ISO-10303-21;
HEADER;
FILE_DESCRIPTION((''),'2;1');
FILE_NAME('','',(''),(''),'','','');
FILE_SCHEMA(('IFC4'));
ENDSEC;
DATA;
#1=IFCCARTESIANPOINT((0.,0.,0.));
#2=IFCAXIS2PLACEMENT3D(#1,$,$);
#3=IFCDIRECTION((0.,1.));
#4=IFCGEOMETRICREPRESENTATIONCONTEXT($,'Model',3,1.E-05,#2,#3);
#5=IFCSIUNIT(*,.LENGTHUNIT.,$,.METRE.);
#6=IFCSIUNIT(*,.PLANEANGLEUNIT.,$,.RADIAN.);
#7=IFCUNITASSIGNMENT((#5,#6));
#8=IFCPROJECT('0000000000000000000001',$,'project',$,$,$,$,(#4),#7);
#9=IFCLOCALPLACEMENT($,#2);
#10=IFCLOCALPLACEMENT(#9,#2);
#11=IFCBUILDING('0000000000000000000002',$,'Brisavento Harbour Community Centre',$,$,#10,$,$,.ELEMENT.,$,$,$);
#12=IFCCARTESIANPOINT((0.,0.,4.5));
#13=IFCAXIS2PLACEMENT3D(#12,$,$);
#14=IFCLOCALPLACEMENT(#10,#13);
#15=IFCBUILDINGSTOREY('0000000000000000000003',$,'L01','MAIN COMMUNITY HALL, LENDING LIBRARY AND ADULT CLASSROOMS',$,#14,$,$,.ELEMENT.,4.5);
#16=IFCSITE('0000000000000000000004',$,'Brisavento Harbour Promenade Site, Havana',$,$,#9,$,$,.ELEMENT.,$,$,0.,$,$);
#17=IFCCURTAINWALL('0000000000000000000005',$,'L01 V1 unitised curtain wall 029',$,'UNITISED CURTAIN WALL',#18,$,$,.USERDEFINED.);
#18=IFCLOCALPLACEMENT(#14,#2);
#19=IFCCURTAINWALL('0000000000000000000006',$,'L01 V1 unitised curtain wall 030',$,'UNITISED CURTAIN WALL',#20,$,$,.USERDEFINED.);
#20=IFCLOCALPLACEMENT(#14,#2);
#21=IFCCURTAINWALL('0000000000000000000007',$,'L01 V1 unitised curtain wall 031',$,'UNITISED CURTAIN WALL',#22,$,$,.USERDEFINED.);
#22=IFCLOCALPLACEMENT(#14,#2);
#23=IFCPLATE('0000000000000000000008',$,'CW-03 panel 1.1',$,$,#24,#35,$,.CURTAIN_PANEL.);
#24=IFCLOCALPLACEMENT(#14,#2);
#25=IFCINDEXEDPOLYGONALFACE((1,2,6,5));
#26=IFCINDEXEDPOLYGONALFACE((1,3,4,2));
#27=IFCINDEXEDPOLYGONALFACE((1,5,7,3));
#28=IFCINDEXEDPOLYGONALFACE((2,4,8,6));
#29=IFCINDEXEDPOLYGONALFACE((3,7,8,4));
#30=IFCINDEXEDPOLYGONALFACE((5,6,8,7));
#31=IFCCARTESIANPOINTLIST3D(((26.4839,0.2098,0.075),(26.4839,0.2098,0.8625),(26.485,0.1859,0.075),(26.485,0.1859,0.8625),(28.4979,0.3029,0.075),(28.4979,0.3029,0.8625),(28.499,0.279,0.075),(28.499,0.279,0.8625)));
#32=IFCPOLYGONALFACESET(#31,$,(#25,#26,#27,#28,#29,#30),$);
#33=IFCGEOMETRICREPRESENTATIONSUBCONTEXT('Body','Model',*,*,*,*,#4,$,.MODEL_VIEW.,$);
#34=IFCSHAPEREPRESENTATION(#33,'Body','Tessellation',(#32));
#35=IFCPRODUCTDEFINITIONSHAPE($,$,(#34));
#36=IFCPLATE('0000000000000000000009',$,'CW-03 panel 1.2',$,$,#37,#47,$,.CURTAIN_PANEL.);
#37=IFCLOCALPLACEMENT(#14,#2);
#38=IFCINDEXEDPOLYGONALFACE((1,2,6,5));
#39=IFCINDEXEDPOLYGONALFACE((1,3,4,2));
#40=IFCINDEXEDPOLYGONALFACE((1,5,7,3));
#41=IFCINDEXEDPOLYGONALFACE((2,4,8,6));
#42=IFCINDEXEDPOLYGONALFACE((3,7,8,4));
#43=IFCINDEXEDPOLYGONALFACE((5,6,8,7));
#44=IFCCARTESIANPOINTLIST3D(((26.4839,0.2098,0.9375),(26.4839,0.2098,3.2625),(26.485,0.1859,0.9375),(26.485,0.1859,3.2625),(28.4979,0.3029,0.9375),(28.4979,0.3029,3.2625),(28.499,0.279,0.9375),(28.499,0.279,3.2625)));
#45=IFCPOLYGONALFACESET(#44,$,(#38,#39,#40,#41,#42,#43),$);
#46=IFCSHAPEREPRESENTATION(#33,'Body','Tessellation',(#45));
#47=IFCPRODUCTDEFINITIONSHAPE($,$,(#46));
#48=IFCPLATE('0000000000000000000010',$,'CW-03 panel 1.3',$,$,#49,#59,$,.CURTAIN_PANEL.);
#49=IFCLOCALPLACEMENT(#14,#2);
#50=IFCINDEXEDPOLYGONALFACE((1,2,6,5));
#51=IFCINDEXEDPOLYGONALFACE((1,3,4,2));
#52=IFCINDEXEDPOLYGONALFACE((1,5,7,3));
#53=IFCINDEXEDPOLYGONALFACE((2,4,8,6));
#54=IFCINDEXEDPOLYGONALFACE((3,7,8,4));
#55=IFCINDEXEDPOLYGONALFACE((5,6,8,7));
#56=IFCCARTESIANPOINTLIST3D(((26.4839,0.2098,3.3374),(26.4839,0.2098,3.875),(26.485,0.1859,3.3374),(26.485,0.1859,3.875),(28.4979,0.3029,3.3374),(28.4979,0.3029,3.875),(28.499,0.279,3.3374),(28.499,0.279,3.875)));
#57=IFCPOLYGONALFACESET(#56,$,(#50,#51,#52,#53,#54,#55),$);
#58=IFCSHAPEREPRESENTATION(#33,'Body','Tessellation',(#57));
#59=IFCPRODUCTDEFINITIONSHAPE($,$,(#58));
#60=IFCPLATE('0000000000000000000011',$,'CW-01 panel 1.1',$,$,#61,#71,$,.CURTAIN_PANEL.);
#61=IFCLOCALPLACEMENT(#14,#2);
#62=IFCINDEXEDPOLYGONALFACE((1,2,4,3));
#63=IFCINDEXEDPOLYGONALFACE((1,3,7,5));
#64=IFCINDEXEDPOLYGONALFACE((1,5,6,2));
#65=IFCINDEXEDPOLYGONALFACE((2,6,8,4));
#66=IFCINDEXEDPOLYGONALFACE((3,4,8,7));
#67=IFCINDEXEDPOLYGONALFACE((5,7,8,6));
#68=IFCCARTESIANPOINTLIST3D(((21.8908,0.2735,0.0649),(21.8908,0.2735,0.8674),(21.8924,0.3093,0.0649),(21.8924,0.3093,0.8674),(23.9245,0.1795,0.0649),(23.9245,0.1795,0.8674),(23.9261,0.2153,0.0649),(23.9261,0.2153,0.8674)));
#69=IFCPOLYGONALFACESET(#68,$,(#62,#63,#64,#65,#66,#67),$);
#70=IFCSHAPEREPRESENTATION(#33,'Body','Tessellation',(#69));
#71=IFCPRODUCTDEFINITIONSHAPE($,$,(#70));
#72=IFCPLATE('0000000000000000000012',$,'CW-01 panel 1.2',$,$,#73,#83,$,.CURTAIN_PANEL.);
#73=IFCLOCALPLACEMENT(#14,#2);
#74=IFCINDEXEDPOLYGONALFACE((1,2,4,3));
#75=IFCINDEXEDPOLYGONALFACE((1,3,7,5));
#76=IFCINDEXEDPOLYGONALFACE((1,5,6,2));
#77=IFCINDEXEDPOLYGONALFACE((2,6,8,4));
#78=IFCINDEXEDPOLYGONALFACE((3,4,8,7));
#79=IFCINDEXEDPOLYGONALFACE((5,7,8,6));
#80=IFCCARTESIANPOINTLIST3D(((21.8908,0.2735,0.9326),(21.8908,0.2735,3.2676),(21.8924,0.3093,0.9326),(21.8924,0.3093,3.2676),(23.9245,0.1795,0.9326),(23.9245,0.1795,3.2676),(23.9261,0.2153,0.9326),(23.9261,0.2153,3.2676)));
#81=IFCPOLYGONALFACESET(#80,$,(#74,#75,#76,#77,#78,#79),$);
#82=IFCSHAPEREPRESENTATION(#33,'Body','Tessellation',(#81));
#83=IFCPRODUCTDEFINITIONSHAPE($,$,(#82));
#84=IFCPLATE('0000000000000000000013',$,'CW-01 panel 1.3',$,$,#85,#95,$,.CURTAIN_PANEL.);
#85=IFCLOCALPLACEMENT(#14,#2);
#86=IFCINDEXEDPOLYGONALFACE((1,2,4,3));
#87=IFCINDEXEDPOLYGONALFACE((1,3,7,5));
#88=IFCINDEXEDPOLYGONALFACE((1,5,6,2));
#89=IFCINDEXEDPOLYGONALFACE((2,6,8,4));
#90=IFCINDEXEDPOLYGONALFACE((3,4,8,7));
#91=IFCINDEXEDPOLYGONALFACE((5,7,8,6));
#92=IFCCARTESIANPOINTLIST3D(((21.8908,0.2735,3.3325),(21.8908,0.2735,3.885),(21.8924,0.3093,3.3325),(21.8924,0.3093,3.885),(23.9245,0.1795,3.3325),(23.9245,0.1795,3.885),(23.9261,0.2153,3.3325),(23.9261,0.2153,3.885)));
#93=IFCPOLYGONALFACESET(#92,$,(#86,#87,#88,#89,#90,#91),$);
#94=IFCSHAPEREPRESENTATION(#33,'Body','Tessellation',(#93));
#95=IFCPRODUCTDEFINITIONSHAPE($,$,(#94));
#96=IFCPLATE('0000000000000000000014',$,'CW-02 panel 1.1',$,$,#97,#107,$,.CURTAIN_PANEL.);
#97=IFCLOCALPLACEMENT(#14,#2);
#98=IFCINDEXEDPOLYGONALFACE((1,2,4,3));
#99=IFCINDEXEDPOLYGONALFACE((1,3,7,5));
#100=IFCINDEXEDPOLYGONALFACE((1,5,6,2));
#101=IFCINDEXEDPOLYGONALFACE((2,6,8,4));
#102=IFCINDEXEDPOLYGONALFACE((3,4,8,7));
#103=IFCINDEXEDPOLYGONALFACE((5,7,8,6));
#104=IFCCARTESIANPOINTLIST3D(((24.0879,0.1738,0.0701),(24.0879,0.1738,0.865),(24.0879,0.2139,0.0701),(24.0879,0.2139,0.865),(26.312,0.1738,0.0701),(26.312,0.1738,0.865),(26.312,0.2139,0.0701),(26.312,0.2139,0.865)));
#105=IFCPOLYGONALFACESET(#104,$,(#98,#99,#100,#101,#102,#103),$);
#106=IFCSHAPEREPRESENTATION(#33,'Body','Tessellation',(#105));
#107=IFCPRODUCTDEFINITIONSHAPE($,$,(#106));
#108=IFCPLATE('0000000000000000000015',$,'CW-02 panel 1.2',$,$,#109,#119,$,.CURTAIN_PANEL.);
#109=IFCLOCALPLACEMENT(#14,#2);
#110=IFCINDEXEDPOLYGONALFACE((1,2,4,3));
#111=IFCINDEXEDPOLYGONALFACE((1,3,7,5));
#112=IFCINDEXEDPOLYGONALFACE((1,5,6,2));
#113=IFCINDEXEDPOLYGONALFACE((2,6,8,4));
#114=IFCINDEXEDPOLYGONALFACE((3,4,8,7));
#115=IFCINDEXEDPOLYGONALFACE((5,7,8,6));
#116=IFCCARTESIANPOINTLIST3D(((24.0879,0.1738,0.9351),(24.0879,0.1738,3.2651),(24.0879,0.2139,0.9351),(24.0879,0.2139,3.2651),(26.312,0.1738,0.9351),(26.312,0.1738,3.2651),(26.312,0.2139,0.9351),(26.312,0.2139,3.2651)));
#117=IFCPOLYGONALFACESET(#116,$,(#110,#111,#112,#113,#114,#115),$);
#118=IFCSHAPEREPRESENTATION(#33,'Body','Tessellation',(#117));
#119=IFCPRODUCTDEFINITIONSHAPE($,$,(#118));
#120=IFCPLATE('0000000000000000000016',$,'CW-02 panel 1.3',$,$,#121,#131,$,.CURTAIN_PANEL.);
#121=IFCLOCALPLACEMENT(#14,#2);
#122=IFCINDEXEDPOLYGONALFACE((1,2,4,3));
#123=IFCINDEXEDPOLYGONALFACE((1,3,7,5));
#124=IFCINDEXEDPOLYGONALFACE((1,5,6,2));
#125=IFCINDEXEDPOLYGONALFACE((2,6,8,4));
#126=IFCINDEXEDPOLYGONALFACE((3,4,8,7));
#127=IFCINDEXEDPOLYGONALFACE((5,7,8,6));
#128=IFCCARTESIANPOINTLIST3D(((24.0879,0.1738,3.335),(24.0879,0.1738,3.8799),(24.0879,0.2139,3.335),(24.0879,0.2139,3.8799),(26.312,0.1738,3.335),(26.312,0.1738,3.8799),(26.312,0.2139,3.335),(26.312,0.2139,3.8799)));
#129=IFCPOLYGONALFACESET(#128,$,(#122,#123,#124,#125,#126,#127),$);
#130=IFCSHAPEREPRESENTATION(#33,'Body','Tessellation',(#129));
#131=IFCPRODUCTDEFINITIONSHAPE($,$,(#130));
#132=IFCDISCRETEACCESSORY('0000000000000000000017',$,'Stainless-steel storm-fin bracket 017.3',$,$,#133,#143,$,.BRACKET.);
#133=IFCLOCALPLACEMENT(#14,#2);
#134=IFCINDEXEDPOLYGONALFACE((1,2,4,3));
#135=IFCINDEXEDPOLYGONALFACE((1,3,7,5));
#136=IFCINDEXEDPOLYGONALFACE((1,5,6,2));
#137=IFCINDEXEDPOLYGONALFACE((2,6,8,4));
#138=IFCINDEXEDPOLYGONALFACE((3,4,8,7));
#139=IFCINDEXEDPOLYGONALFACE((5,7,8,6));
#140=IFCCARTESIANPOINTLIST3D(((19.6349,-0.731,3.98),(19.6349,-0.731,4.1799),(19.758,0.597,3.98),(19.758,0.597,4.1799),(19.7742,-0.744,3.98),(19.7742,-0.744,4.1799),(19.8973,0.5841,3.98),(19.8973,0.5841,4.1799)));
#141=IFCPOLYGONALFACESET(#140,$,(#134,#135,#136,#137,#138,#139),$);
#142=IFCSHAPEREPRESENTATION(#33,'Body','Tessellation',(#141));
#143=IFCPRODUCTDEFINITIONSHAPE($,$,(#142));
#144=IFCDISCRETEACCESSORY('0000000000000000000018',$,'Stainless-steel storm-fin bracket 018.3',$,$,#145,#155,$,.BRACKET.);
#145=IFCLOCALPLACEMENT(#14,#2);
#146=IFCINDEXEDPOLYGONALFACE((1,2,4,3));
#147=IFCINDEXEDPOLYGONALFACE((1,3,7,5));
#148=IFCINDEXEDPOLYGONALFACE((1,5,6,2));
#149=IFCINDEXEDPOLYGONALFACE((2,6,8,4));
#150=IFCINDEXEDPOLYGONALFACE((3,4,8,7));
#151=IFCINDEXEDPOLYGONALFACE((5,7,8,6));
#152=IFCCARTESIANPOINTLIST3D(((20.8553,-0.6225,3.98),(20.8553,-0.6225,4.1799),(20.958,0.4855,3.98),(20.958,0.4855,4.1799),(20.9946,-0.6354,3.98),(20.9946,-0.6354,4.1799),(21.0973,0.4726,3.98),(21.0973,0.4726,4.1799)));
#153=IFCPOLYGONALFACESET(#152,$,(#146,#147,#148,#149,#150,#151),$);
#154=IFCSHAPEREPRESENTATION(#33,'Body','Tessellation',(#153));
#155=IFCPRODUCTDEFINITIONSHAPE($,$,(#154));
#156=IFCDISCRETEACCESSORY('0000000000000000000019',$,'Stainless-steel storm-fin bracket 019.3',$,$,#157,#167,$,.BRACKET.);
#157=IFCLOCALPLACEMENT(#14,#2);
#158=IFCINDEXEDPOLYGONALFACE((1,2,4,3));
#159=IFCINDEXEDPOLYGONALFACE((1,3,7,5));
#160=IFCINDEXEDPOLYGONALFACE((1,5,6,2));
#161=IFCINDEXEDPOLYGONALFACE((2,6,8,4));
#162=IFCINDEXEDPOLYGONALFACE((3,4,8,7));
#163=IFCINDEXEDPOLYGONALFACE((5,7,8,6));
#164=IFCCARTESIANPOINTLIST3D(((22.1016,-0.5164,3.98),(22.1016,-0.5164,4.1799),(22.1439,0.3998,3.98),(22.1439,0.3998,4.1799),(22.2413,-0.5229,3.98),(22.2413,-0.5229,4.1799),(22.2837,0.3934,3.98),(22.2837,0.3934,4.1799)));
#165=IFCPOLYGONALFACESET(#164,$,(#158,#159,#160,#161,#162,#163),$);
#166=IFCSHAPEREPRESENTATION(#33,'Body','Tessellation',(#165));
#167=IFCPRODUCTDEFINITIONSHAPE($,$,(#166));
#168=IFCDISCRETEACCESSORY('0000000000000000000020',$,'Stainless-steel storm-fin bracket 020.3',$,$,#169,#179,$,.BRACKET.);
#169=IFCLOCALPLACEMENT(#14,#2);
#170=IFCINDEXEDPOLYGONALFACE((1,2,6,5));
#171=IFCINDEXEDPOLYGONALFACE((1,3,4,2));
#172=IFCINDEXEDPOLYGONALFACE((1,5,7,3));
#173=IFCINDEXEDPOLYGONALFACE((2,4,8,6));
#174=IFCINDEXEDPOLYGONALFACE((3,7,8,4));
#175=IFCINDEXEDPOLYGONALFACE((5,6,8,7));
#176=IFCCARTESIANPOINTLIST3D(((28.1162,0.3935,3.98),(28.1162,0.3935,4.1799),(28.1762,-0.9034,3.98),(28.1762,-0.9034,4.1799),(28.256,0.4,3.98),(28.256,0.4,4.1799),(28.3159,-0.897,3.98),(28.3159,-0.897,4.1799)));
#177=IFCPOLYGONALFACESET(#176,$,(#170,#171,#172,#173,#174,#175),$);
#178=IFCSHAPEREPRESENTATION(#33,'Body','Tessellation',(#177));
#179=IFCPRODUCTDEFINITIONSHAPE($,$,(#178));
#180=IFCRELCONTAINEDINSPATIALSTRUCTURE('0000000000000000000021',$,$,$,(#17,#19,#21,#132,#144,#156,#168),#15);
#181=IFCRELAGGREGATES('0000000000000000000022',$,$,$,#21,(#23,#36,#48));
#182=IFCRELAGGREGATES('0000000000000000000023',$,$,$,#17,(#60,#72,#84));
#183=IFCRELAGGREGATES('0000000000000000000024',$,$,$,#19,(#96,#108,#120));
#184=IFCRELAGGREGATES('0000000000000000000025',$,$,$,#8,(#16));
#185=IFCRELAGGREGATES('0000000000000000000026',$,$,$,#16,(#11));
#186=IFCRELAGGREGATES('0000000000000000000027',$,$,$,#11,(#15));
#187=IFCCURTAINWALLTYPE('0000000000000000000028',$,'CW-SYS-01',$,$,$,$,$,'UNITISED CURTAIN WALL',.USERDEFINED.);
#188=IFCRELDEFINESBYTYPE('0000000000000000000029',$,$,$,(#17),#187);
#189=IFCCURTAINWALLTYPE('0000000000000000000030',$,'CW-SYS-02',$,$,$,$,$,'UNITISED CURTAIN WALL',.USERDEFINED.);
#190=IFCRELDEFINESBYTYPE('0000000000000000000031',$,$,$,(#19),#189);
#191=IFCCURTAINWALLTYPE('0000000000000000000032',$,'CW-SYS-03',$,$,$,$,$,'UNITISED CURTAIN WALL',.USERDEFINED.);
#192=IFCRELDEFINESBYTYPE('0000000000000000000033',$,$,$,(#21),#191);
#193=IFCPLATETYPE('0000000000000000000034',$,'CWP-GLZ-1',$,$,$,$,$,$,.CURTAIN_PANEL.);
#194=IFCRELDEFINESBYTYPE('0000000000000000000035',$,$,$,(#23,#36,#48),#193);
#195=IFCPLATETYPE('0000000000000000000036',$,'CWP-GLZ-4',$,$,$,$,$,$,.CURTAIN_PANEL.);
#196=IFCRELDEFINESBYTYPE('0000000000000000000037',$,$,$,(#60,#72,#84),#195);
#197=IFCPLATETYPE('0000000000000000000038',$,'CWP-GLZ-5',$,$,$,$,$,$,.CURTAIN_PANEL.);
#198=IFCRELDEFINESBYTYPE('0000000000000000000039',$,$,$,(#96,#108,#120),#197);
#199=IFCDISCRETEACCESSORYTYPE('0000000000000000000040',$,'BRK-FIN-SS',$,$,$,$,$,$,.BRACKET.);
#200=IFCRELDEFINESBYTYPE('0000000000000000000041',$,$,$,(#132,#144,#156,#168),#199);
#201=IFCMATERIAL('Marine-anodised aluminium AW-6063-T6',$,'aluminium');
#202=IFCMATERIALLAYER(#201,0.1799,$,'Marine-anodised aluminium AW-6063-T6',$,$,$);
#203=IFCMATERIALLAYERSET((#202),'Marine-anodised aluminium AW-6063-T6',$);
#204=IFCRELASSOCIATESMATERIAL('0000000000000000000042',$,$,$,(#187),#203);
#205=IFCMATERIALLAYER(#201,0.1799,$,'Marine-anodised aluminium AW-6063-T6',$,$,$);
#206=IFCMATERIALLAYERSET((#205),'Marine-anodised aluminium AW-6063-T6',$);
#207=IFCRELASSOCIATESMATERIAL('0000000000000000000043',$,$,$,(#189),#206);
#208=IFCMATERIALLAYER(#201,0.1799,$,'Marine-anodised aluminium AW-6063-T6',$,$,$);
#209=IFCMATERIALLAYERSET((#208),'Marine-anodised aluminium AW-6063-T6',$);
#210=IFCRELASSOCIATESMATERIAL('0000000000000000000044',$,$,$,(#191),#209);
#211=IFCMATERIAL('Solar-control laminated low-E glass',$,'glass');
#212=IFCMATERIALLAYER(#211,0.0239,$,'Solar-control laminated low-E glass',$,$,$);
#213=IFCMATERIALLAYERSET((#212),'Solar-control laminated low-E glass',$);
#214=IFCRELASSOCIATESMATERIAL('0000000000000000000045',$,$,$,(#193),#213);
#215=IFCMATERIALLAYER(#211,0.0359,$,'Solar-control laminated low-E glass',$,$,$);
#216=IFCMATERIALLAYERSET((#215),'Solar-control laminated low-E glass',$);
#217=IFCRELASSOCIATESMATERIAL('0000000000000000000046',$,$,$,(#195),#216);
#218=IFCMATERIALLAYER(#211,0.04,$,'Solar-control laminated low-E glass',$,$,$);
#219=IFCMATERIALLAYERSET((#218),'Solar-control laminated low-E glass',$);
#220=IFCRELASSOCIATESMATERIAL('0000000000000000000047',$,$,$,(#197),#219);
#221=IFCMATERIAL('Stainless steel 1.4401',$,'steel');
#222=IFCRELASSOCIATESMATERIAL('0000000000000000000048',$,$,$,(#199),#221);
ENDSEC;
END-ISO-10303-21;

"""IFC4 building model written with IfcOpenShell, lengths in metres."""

from ifc_helpers import new_model, si_unit, direction, frame, origin, origin_2d, place, context, subcontext, project, spatial, rectangle, extrude, material, layer, layer_set, type_object, element, aggregate, save


model = new_model("IFC4")

# Units and contexts
model_context = context("Model", 3, precision=1e-05, world=origin(), true_north=direction((0.0, 1.0)))
body_context = subcontext(model_context, "Body", "Model", "MODEL_VIEW")
ifc_project = project(units=[si_unit("LENGTHUNIT", "METRE"), si_unit("PLANEANGLEUNIT", "RADIAN")], contexts=[model_context])

# Site, building, storey
site_placement = place(None, origin())
site = spatial("IfcSite", under=ifc_project, at=site_placement, Name="Brisavento Harbour Promenade Site, Havana", CompositionType="ELEMENT", RefElevation=0.0)
building_placement = place(site_placement, origin())
building = spatial("IfcBuilding", under=site, at=building_placement, Name="Brisavento Harbour Community Centre", CompositionType="ELEMENT")
storey_placement = place(building_placement, frame((0.0, 0.0, 4.5)))
storey = spatial("IfcBuildingStorey", under=building, at=storey_placement, Name="L01", Description="MAIN COMMUNITY HALL, LENDING LIBRARY AND ADULT CLASSROOMS", CompositionType="ELEMENT", Elevation=4.5)

# Curtain wall
ifc_material_1 = material(Name="Marine-anodised aluminium AW-6063-T6", Category="aluminium")
ifc_layer_1 = layer(ifc_material_1, 0.1799, Name="Marine-anodised aluminium AW-6063-T6")
ifc_layer_set_1 = layer_set([ifc_layer_1], Name="Marine-anodised aluminium AW-6063-T6")
curtain_wall_type_1 = type_object("IfcCurtainWallType", Name="CW-SYS-01", ElementType="UNITISED CURTAIN WALL", PredefinedType="USERDEFINED", material=ifc_layer_set_1)
curtain_wall_1_placement = place(storey_placement, origin())
curtain_wall_1 = element("IfcCurtainWall", 1, at=curtain_wall_1_placement, inside=storey, type_object=curtain_wall_type_1, Name="L01 V1 unitised curtain wall 029", ObjectType="UNITISED CURTAIN WALL", PredefinedType="USERDEFINED")

# Curtain wall
ifc_layer_2 = layer(ifc_material_1, 0.1799, Name="Marine-anodised aluminium AW-6063-T6")
ifc_layer_set_2 = layer_set([ifc_layer_2], Name="Marine-anodised aluminium AW-6063-T6")
curtain_wall_type_2 = type_object("IfcCurtainWallType", Name="CW-SYS-02", ElementType="UNITISED CURTAIN WALL", PredefinedType="USERDEFINED", material=ifc_layer_set_2)
curtain_wall_2_placement = place(storey_placement, origin())
curtain_wall_2 = element("IfcCurtainWall", 2, at=curtain_wall_2_placement, inside=storey, type_object=curtain_wall_type_2, Name="L01 V1 unitised curtain wall 030", ObjectType="UNITISED CURTAIN WALL", PredefinedType="USERDEFINED")

# Curtain wall
ifc_layer_3 = layer(ifc_material_1, 0.1799, Name="Marine-anodised aluminium AW-6063-T6")
ifc_layer_set_3 = layer_set([ifc_layer_3], Name="Marine-anodised aluminium AW-6063-T6")
curtain_wall_type_3 = type_object("IfcCurtainWallType", Name="CW-SYS-03", ElementType="UNITISED CURTAIN WALL", PredefinedType="USERDEFINED", material=ifc_layer_set_3)
curtain_wall_3_placement = place(storey_placement, origin())
curtain_wall_3 = element("IfcCurtainWall", 3, at=curtain_wall_3_placement, inside=storey, type_object=curtain_wall_type_3, Name="L01 V1 unitised curtain wall 031", ObjectType="UNITISED CURTAIN WALL", PredefinedType="USERDEFINED")

# Plates
ifc_material_2 = material(Name="Solar-control laminated low-E glass", Category="glass")
ifc_layer_4 = layer(ifc_material_2, 0.0239, Name="Solar-control laminated low-E glass")
ifc_layer_set_4 = layer_set([ifc_layer_4], Name="Solar-control laminated low-E glass")
plate_type_1 = type_object("IfcPlateType", Name="CWP-GLZ-1", PredefinedType="CURTAIN_PANEL", material=ifc_layer_set_4)
plate_1_placement = place(storey_placement, frame((27.4915, 0.2444, 0.075), z_axis=(0.0, 0.0, 1.0), x_axis=(-0.998934, -0.046168, 0.0)))
plate_1 = element("IfcPlate", 4, at=plate_1_placement, type_object=plate_type_1, Name="CW-03 panel 1.1", PredefinedType="CURTAIN_PANEL", context=body_context, shape_type="SweptSolid", body=[
    extrude(rectangle(XDim=2.0161, YDim=0.0239, at=origin_2d()), origin(), (0.0, 0.0, 1.0), 0.7876),
])
plate_2_placement = place(storey_placement, frame((27.4915, 0.2444, 0.9375), z_axis=(0.0, 0.0, 1.0), x_axis=(-0.998934, -0.046168, 0.0)))
plate_2 = element("IfcPlate", 5, at=plate_2_placement, type_object=plate_type_1, Name="CW-03 panel 1.2", PredefinedType="CURTAIN_PANEL", context=body_context, shape_type="SweptSolid", body=[
    extrude(rectangle(XDim=2.0161, YDim=0.0239, at=origin_2d()), origin(), (0.0, 0.0, 1.0), 2.325),
])
plate_3_placement = place(storey_placement, frame((27.4915, 0.2444, 3.3374), z_axis=(0.0, 0.0, 1.0), x_axis=(-0.998934, -0.046168, 0.0)))
plate_3 = element("IfcPlate", 6, at=plate_3_placement, type_object=plate_type_1, Name="CW-03 panel 1.3", PredefinedType="CURTAIN_PANEL", context=body_context, shape_type="SweptSolid", body=[
    extrude(rectangle(XDim=2.0161, YDim=0.0239, at=origin_2d()), origin(), (0.0, 0.0, 1.0), 0.5376),
])
aggregate(curtain_wall_3, [plate_1, plate_2, plate_3])
ifc_layer_5 = layer(ifc_material_2, 0.0359, Name="Solar-control laminated low-E glass")
ifc_layer_set_5 = layer_set([ifc_layer_5], Name="Solar-control laminated low-E glass")
plate_type_2 = type_object("IfcPlateType", Name="CWP-GLZ-4", PredefinedType="CURTAIN_PANEL", material=ifc_layer_set_5)
plate_4_placement = place(storey_placement, frame((22.9084, 0.2444, 0.0649), z_axis=(0.0, 0.0, 1.0), x_axis=(-0.998934, 0.046168, 0.0)))
plate_4 = element("IfcPlate", 7, at=plate_4_placement, type_object=plate_type_2, Name="CW-01 panel 1.1", PredefinedType="CURTAIN_PANEL", context=body_context, shape_type="SweptSolid", body=[
    extrude(rectangle(XDim=2.0359, YDim=0.0359, at=origin_2d()), origin(), (0.0, 0.0, 1.0), 0.8025),
])
plate_5_placement = place(storey_placement, frame((22.9084, 0.2444, 0.9326), z_axis=(0.0, 0.0, 1.0), x_axis=(-0.998934, 0.046168, 0.0)))
plate_5 = element("IfcPlate", 8, at=plate_5_placement, type_object=plate_type_2, Name="CW-01 panel 1.2", PredefinedType="CURTAIN_PANEL", context=body_context, shape_type="SweptSolid", body=[
    extrude(rectangle(XDim=2.0359, YDim=0.0359, at=origin_2d()), origin(), (0.0, 0.0, 1.0), 2.335),
])
plate_6_placement = place(storey_placement, frame((22.9084, 0.2444, 3.3325), z_axis=(0.0, 0.0, 1.0), x_axis=(-0.998934, 0.046168, 0.0)))
plate_6 = element("IfcPlate", 9, at=plate_6_placement, type_object=plate_type_2, Name="CW-01 panel 1.3", PredefinedType="CURTAIN_PANEL", context=body_context, shape_type="SweptSolid", body=[
    extrude(rectangle(XDim=2.0359, YDim=0.0359, at=origin_2d()), origin(), (0.0, 0.0, 1.0), 0.5525),
])
aggregate(curtain_wall_1, [plate_4, plate_5, plate_6])
ifc_layer_6 = layer(ifc_material_2, 0.04, Name="Solar-control laminated low-E glass")
ifc_layer_set_6 = layer_set([ifc_layer_6], Name="Solar-control laminated low-E glass")
plate_type_3 = type_object("IfcPlateType", Name="CWP-GLZ-5", PredefinedType="CURTAIN_PANEL", material=ifc_layer_set_6)
plate_7_placement = place(storey_placement, frame((25.2, 0.1938, 0.0701), z_axis=(0.0, 0.0, 1.0), x_axis=(-1.0, 0.0, 0.0)))
plate_7 = element("IfcPlate", 10, at=plate_7_placement, type_object=plate_type_3, Name="CW-02 panel 1.1", PredefinedType="CURTAIN_PANEL", context=body_context, shape_type="SweptSolid", body=[
    extrude(rectangle(XDim=2.2241, YDim=0.04, at=origin_2d()), origin(), (0.0, 0.0, 1.0), 0.7949),
])
plate_8_placement = place(storey_placement, frame((25.2, 0.1938, 0.9351), z_axis=(0.0, 0.0, 1.0), x_axis=(-1.0, 0.0, 0.0)))
plate_8 = element("IfcPlate", 11, at=plate_8_placement, type_object=plate_type_3, Name="CW-02 panel 1.2", PredefinedType="CURTAIN_PANEL", context=body_context, shape_type="SweptSolid", body=[
    extrude(rectangle(XDim=2.2241, YDim=0.04, at=origin_2d()), origin(), (0.0, 0.0, 1.0), 2.3301),
])
plate_9_placement = place(storey_placement, frame((25.2, 0.1938, 3.335), z_axis=(0.0, 0.0, 1.0), x_axis=(-1.0, 0.0, 0.0)))
plate_9 = element("IfcPlate", 12, at=plate_9_placement, type_object=plate_type_3, Name="CW-02 panel 1.3", PredefinedType="CURTAIN_PANEL", context=body_context, shape_type="SweptSolid", body=[
    extrude(rectangle(XDim=2.2241, YDim=0.04, at=origin_2d()), origin(), (0.0, 0.0, 1.0), 0.5449),
])
aggregate(curtain_wall_2, [plate_7, plate_8, plate_9])

# Discrete accessories
ifc_material_3 = material(Name="Stainless steel 1.4401", Category="steel")
discrete_accessory_type = type_object("IfcDiscreteAccessoryType", Name="BRK-FIN-SS", PredefinedType="BRACKET", material=ifc_material_3)
discrete_accessory_1_placement = place(storey_placement, frame((19.7661, -0.0735, 3.98), z_axis=(0.0, 0.0, 1.0), x_axis=(-0.092336, -0.995728, 0.0)))
element("IfcDiscreteAccessory", 13, at=discrete_accessory_1_placement, inside=storey, type_object=discrete_accessory_type, Name="Stainless-steel storm-fin bracket 017.3", PredefinedType="BRACKET", context=body_context, shape_type="SweptSolid", body=[
    extrude(rectangle(XDim=1.3337, YDim=0.1399, at=origin_2d()), origin(), (0.0, 0.0, 1.0), 0.2),
])
discrete_accessory_2_placement = place(storey_placement, frame((20.9763, -0.075, 3.98), z_axis=(0.0, 0.0, 1.0), x_axis=(-0.092336, -0.995728, 0.0)))
element("IfcDiscreteAccessory", 14, at=discrete_accessory_2_placement, inside=storey, type_object=discrete_accessory_type, Name="Stainless-steel storm-fin bracket 018.3", PredefinedType="BRACKET", context=body_context, shape_type="SweptSolid", body=[
    extrude(rectangle(XDim=1.1128, YDim=0.1399, at=origin_2d()), origin(), (0.0, 0.0, 1.0), 0.2),
])
discrete_accessory_3_placement = place(storey_placement, frame((22.1926, -0.0615, 3.98), z_axis=(0.0, 0.0, 1.0), x_axis=(-0.046165, -0.998934, 0.0)))
element("IfcDiscreteAccessory", 15, at=discrete_accessory_3_placement, inside=storey, type_object=discrete_accessory_type, Name="Stainless-steel storm-fin bracket 019.3", PredefinedType="BRACKET", context=body_context, shape_type="SweptSolid", body=[
    extrude(rectangle(XDim=0.9172, YDim=0.1399, at=origin_2d()), origin(), (0.0, 0.0, 1.0), 0.2),
])
discrete_accessory_4_placement = place(storey_placement, frame((28.2161, -0.2517, 3.98), z_axis=(0.0, 0.0, 1.0), x_axis=(0.046165, -0.998934, 0.0)))
element("IfcDiscreteAccessory", 16, at=discrete_accessory_4_placement, inside=storey, type_object=discrete_accessory_type, Name="Stainless-steel storm-fin bracket 020.3", PredefinedType="BRACKET", context=body_context, shape_type="SweptSolid", body=[
    extrude(rectangle(XDim=1.2983, YDim=0.1399, at=origin_2d()), origin(), (0.0, 0.0, 1.0), 0.2),
])

save(model, "model.ifc")
